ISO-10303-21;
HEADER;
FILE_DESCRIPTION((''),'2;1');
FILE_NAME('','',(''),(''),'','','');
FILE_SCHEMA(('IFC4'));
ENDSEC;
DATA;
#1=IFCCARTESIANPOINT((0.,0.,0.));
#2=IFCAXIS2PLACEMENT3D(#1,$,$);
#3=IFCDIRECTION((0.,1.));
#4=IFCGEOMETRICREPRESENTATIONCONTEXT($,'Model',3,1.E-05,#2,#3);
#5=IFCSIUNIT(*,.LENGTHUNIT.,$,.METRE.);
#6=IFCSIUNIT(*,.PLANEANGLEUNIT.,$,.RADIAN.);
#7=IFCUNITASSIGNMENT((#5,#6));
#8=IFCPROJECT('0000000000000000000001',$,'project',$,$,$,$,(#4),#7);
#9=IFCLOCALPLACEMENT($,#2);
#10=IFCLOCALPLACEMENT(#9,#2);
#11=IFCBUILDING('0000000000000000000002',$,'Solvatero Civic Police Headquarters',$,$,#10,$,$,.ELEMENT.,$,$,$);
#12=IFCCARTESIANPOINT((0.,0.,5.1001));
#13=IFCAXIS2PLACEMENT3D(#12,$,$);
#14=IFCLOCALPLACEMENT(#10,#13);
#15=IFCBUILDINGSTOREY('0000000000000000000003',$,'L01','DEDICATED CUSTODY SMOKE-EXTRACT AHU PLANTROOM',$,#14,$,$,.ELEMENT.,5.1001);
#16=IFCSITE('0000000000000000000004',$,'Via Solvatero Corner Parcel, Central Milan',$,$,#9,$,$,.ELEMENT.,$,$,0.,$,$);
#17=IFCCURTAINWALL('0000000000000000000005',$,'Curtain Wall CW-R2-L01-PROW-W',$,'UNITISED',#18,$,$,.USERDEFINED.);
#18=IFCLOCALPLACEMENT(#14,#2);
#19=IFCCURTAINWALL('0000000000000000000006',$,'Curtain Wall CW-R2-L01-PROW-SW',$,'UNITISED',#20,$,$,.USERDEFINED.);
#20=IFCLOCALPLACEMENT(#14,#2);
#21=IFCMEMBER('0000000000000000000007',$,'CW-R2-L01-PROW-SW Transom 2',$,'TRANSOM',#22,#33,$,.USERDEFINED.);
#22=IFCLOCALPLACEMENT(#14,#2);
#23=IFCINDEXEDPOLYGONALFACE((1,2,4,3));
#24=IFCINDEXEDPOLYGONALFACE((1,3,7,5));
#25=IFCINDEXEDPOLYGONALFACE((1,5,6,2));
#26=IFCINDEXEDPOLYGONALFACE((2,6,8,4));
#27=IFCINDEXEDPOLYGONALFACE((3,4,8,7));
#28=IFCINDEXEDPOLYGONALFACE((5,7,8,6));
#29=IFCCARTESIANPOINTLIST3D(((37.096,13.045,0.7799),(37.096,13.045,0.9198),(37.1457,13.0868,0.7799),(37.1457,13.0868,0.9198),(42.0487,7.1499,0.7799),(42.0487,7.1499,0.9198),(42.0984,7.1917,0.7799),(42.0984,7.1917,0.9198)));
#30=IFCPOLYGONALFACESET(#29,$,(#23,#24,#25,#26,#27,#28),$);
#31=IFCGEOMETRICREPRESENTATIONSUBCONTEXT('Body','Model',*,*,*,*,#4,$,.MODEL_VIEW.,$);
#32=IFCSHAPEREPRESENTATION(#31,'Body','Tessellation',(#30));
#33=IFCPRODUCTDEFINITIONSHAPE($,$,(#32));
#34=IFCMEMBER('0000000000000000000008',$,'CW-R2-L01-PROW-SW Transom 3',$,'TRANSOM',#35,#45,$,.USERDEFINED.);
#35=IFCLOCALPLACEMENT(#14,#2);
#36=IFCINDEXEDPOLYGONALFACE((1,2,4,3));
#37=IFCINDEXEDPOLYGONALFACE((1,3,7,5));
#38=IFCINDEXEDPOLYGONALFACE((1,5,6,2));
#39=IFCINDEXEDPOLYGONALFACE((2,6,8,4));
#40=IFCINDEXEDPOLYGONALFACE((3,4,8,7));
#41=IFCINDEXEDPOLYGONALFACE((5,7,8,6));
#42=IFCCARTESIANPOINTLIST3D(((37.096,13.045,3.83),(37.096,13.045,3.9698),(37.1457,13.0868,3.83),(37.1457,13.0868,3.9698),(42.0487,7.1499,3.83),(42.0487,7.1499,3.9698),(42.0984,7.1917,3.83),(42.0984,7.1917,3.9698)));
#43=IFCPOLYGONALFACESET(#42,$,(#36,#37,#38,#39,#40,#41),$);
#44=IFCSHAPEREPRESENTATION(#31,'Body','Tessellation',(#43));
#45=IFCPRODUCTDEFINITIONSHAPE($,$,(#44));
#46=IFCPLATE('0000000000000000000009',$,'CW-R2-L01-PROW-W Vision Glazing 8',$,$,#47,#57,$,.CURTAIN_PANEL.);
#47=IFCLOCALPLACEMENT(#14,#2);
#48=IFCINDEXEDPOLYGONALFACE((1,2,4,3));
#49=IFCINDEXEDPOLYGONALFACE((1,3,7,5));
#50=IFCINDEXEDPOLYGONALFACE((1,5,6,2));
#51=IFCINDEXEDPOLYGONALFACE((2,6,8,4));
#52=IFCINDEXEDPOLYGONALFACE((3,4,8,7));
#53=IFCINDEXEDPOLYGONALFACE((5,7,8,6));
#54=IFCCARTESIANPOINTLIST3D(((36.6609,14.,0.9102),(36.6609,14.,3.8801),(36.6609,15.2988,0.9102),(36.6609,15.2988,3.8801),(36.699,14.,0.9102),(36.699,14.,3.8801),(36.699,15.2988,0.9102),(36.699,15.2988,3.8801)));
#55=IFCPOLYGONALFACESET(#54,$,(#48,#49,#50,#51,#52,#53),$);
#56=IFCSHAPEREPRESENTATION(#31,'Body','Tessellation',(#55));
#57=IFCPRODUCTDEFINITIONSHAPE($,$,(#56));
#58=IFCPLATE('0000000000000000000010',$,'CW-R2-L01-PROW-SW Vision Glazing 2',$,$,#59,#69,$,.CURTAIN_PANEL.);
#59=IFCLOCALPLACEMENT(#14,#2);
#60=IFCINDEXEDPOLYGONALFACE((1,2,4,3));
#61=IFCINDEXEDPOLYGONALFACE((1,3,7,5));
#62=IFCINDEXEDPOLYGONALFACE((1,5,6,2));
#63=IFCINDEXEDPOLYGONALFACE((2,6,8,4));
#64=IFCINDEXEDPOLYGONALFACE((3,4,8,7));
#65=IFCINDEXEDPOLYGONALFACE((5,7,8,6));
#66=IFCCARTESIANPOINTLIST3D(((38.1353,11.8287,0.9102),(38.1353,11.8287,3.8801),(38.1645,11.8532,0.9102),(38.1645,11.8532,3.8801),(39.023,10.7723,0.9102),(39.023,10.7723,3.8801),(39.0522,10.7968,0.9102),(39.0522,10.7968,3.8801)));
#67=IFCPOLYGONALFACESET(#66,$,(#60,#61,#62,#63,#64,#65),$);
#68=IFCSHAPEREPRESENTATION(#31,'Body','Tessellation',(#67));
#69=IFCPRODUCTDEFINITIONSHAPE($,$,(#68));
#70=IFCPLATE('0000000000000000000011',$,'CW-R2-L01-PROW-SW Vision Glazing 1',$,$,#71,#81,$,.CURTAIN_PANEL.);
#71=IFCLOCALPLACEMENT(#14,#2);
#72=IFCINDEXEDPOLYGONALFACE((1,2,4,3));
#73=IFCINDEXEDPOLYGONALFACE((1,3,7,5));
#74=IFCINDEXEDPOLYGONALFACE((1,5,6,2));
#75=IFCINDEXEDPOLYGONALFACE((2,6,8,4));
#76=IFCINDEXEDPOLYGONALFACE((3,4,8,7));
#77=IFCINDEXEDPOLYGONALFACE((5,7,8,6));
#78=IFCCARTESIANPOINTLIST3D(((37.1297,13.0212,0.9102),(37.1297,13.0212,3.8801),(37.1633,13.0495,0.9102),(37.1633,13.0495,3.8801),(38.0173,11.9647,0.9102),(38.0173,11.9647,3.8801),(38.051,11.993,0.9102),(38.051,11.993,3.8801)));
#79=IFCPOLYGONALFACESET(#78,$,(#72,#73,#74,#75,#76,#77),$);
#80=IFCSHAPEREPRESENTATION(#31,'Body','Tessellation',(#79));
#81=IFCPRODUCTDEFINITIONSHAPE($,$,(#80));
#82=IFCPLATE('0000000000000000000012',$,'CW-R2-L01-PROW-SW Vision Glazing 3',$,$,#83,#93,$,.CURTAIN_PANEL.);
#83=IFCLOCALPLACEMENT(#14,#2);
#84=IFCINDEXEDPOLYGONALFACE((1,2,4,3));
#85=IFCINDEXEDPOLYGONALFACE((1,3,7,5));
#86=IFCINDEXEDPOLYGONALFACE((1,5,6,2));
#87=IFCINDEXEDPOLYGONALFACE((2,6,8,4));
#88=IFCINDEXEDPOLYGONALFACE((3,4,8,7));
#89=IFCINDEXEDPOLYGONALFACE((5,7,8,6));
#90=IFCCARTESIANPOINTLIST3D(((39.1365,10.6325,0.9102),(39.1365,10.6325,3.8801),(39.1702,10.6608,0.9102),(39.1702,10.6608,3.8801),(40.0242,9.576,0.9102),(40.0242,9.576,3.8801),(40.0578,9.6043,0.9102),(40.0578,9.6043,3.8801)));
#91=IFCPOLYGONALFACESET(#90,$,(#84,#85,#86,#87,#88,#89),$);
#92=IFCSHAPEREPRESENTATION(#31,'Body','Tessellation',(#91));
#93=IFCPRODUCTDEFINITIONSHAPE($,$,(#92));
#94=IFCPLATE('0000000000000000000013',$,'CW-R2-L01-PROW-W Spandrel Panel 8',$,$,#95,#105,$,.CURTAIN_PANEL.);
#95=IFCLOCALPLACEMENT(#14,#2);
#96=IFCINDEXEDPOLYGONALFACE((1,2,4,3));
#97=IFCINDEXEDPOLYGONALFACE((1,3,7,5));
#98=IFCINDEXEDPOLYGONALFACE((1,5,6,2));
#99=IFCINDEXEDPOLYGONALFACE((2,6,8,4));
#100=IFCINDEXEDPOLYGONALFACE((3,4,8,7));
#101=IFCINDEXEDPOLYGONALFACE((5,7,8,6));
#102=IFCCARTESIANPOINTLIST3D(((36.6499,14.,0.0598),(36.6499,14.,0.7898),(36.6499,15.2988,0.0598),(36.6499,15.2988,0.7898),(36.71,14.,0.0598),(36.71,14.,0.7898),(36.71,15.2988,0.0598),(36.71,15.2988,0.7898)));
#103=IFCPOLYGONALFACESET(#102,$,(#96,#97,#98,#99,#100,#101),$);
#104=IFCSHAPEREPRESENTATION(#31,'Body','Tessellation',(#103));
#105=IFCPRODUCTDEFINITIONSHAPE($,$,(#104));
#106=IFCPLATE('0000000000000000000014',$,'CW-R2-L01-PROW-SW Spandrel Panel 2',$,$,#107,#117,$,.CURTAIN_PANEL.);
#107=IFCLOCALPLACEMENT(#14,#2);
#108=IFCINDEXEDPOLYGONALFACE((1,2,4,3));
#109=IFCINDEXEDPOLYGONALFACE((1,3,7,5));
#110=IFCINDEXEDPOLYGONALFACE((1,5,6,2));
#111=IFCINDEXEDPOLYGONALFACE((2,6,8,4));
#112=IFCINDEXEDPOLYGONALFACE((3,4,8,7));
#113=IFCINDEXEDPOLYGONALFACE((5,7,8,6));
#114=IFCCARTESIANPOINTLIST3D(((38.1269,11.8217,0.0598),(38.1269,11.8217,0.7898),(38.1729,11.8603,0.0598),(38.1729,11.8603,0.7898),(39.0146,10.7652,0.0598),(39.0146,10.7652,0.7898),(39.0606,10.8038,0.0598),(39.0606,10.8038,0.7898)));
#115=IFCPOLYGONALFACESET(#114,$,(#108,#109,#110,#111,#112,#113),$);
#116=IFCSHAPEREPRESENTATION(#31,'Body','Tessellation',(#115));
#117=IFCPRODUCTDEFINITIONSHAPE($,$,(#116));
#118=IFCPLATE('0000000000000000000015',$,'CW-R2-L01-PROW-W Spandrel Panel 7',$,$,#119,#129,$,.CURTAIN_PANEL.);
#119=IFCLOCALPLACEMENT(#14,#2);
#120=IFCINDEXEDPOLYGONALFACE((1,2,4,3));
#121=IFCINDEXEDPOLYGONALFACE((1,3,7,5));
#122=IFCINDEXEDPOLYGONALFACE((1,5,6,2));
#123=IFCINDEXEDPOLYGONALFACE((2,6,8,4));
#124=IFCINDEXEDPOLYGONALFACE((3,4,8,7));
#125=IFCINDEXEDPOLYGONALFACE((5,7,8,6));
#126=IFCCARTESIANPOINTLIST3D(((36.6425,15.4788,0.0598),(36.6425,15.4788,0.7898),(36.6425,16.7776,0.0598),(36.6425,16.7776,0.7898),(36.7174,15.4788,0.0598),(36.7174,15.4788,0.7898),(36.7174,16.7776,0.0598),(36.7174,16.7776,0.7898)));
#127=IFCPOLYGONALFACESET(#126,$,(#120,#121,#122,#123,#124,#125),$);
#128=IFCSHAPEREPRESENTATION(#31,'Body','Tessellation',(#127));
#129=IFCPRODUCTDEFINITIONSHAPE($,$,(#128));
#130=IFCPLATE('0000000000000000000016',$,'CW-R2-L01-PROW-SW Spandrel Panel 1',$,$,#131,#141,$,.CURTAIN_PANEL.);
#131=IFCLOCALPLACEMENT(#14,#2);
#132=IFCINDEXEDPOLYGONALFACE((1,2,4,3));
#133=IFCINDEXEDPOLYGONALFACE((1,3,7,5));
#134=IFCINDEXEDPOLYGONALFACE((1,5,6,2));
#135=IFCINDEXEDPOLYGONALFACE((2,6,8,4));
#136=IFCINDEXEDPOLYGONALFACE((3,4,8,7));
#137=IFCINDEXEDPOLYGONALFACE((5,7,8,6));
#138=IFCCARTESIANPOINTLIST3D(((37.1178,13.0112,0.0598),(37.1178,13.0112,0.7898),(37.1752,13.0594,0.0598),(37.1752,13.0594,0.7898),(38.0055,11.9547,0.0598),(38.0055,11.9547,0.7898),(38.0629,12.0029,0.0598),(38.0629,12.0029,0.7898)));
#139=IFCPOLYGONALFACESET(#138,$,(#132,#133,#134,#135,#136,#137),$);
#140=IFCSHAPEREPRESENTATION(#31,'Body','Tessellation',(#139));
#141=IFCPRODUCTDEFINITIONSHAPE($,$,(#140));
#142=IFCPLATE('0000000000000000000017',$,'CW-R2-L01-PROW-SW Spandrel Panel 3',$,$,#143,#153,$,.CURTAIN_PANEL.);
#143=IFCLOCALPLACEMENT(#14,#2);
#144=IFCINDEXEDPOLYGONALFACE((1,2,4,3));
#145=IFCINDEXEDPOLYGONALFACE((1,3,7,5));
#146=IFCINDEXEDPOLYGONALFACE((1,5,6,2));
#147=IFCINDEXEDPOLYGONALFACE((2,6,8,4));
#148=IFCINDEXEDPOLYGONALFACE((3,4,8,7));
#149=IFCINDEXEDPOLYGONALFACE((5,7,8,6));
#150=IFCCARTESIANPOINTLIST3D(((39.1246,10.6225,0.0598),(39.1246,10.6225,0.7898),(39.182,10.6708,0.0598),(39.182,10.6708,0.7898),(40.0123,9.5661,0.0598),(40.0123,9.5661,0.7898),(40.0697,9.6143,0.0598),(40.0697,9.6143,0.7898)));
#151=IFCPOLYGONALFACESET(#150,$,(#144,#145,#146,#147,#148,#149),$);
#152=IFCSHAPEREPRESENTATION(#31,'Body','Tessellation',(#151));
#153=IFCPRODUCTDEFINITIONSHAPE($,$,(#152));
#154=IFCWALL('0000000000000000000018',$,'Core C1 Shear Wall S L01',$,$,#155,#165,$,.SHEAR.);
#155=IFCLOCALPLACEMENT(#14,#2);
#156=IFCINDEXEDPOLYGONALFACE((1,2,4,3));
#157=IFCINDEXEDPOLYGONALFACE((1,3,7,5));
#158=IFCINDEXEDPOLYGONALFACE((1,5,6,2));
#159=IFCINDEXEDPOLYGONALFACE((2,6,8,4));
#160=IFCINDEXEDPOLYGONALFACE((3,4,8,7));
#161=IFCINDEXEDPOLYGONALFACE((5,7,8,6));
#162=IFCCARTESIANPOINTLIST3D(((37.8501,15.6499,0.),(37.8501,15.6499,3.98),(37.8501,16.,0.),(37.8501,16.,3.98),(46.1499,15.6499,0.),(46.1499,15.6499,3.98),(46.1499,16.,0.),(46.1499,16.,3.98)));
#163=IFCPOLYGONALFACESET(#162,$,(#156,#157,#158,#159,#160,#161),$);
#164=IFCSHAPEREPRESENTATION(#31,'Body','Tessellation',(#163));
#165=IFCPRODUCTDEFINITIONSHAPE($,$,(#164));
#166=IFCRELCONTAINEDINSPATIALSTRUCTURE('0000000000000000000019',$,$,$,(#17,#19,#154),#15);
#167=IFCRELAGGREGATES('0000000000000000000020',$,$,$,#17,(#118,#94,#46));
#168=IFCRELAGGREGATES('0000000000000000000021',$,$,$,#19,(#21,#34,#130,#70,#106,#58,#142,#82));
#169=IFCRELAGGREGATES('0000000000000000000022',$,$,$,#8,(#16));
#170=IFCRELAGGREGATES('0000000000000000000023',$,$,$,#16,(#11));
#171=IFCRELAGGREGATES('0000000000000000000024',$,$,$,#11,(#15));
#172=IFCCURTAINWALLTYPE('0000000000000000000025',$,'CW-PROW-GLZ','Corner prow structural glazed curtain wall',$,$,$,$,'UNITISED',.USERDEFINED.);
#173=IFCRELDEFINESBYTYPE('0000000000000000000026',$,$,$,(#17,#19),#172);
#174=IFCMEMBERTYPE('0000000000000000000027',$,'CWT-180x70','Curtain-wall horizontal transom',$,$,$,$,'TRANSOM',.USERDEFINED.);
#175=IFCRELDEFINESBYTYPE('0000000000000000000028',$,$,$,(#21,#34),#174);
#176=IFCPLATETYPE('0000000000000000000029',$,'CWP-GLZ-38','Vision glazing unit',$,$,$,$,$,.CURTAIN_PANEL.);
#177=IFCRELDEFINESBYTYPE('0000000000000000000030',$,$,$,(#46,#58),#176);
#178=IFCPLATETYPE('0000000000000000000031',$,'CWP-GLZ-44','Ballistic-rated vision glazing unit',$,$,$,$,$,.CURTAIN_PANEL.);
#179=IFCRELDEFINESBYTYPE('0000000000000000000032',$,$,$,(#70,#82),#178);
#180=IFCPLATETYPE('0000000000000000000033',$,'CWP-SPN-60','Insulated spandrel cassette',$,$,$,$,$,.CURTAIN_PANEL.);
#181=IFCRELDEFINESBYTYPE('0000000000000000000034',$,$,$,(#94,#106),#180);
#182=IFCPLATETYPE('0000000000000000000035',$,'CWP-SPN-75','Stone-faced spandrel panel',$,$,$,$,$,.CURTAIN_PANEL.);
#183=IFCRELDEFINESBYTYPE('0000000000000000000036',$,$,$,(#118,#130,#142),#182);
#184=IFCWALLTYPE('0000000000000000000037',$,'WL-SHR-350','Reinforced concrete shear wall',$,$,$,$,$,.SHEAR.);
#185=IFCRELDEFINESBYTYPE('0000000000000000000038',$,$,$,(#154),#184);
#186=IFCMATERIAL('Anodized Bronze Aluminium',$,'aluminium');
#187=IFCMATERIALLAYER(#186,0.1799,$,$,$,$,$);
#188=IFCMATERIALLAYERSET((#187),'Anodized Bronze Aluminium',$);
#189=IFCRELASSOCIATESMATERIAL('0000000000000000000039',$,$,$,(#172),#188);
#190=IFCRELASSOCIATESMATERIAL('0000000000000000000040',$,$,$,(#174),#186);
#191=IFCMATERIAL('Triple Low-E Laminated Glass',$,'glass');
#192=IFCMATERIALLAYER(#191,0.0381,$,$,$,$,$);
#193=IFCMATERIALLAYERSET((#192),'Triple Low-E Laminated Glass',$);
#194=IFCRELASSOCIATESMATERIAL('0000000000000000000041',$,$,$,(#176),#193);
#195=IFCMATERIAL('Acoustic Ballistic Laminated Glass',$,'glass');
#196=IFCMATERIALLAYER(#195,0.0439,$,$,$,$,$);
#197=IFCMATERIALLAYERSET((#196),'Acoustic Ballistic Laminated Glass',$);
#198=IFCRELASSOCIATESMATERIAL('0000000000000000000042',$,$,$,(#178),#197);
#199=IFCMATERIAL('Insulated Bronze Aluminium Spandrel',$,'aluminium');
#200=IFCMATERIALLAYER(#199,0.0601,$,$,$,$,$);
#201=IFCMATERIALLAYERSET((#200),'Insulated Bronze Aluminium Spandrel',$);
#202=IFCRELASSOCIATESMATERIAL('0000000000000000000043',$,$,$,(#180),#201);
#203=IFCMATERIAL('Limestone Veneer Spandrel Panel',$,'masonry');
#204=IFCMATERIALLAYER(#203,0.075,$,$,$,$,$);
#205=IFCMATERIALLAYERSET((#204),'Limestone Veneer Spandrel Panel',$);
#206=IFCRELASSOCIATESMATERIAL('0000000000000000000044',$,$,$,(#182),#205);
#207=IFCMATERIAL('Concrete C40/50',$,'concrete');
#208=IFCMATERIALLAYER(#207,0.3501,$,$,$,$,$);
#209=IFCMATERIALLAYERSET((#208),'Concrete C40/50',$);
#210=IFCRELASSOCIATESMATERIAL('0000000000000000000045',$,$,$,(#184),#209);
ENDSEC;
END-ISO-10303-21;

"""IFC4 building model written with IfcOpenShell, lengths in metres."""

from ifc_helpers import new_model, si_unit, direction, frame, frame_2d, origin, origin_2d, place, context, subcontext, project, spatial, rectangle, extrude, material, layer, layer_set, material_profile, profile_set, type_object, element, aggregate, save


model = new_model("IFC4")

# Units and contexts
model_context = context("Model", 3, precision=1e-05, world=origin(), true_north=direction((0.0, 1.0)))
body_context = subcontext(model_context, "Body", "Model", "MODEL_VIEW")
ifc_project = project(units=[si_unit("LENGTHUNIT", "METRE"), si_unit("PLANEANGLEUNIT", "RADIAN")], contexts=[model_context])

# Site, building, storey
site_placement = place(None, origin())
site = spatial("IfcSite", under=ifc_project, at=site_placement, Name="Via Solvatero Corner Parcel, Central Milan", CompositionType="ELEMENT", RefElevation=0.0)
building_placement = place(site_placement, origin())
building = spatial("IfcBuilding", under=site, at=building_placement, Name="Solvatero Civic Police Headquarters", CompositionType="ELEMENT")
storey_placement = place(building_placement, frame((0.0, 0.0, 5.1001)))
storey = spatial("IfcBuildingStorey", under=building, at=storey_placement, Name="L01", Description="DEDICATED CUSTODY SMOKE-EXTRACT AHU PLANTROOM", CompositionType="ELEMENT", Elevation=5.1001)

# Curtain walls, members
ifc_material_1 = material(Name="Anodized Bronze Aluminium", Category="aluminium")
ifc_layer_1 = layer(ifc_material_1, 0.1799)
ifc_layer_set_1 = layer_set([ifc_layer_1], Name="Anodized Bronze Aluminium")
curtain_wall_type = type_object("IfcCurtainWallType", Name="CW-PROW-GLZ", Description="Corner prow structural glazed curtain wall", ElementType="UNITISED", PredefinedType="USERDEFINED", material=ifc_layer_set_1)
curtain_wall_1_placement = place(storey_placement, origin())
curtain_wall_1 = element("IfcCurtainWall", 1, at=curtain_wall_1_placement, inside=storey, type_object=curtain_wall_type, Name="Curtain Wall CW-R2-L01-PROW-W", ObjectType="UNITISED", PredefinedType="USERDEFINED")
curtain_wall_2_placement = place(storey_placement, origin())
curtain_wall_2 = element("IfcCurtainWall", 2, at=curtain_wall_2_placement, inside=storey, type_object=curtain_wall_type, Name="Curtain Wall CW-R2-L01-PROW-SW", ObjectType="UNITISED", PredefinedType="USERDEFINED")
ifc_material_profile_1 = material_profile(ifc_material_1, rectangle(XDim=0.0649, YDim=0.1399, at=origin_2d()), Name="ALU TRANSOM 65x140")
ifc_profile_set_1 = profile_set([ifc_material_profile_1], Name="Anodized Bronze Aluminium")
member_type_1 = type_object("IfcMemberType", Name="CWT-180x70", Description="Curtain-wall horizontal transom", ElementType="TRANSOM", PredefinedType="USERDEFINED", material=ifc_profile_set_1)
member_1_placement = place(storey_placement, frame((37.1208, 13.0659, 0.8499), z_axis=(0.643255, -0.765652, 0.0), x_axis=(0.765652, 0.643255, 0.0)))
member_1 = element("IfcMember", 3, at=member_1_placement, type_object=member_type_1, Name="CW-R2-L01-PROW-SW Transom 2", ObjectType="TRANSOM", PredefinedType="USERDEFINED", context=body_context, shape_type="SweptSolid", body=[
    extrude(rectangle(XDim=0.0649, YDim=0.1399, at=origin_2d()), origin(), (0.0, 0.0, 1.0), 7.6995),
])
member_2_placement = place(storey_placement, frame((37.1208, 13.0659, 3.8999), z_axis=(0.643255, -0.765652, 0.0), x_axis=(0.765652, 0.643255, 0.0)))
member_2 = element("IfcMember", 4, at=member_2_placement, type_object=member_type_1, Name="CW-R2-L01-PROW-SW Transom 3", ObjectType="TRANSOM", PredefinedType="USERDEFINED", context=body_context, shape_type="SweptSolid", body=[
    extrude(rectangle(XDim=0.0649, YDim=0.1399, at=origin_2d()), origin(), (0.0, 0.0, 1.0), 7.6995),
])

# Plates
ifc_material_2 = material(Name="Triple Low-E Laminated Glass", Category="glass")
ifc_layer_2 = layer(ifc_material_2, 0.0381)
ifc_layer_set_2 = layer_set([ifc_layer_2], Name="Triple Low-E Laminated Glass")
plate_type_1 = type_object("IfcPlateType", Name="CWP-GLZ-38", Description="Vision glazing unit", PredefinedType="CURTAIN_PANEL", material=ifc_layer_set_2)
plate_1_placement = place(storey_placement, frame((36.6799, 14.6494, 0.9102), z_axis=(0.0, 0.0, 1.0), x_axis=(0.0, -1.0, 0.0)))
plate_1 = element("IfcPlate", 5, at=plate_1_placement, type_object=plate_type_1, Name="CW-R2-L01-PROW-W Vision Glazing 8", PredefinedType="CURTAIN_PANEL", context=body_context, shape_type="SweptSolid", body=[
    extrude(rectangle(XDim=1.2988, YDim=0.0381, at=origin_2d()), origin(), (0.0, 0.0, 1.0), 2.97),
])
plate_2_placement = place(storey_placement, frame((38.5938, 11.3127, 0.9102), z_axis=(0.0, 0.0, 1.0), x_axis=(0.643282, -0.765629, 0.0)))
plate_2 = element("IfcPlate", 6, at=plate_2_placement, type_object=plate_type_1, Name="CW-R2-L01-PROW-SW Vision Glazing 2", PredefinedType="CURTAIN_PANEL", context=body_context, shape_type="SweptSolid", body=[
    extrude(rectangle(XDim=1.3799, YDim=0.0381, at=origin_2d()), origin(), (0.0, 0.0, 1.0), 2.97),
])
ifc_material_3 = material(Name="Acoustic Ballistic Laminated Glass", Category="glass")
ifc_layer_3 = layer(ifc_material_3, 0.0439)
ifc_layer_set_3 = layer_set([ifc_layer_3], Name="Acoustic Ballistic Laminated Glass")
plate_type_2 = type_object("IfcPlateType", Name="CWP-GLZ-44", Description="Ballistic-rated vision glazing unit", PredefinedType="CURTAIN_PANEL", material=ifc_layer_set_3)
plate_3_placement = place(storey_placement, frame((37.5903, 12.5071, 0.9102), z_axis=(0.0, 0.0, 1.0), x_axis=(0.643282, -0.765629, 0.0)))
plate_3 = element("IfcPlate", 7, at=plate_3_placement, type_object=plate_type_2, Name="CW-R2-L01-PROW-SW Vision Glazing 1", PredefinedType="CURTAIN_PANEL", context=body_context, shape_type="SweptSolid", body=[
    extrude(rectangle(XDim=1.3799, YDim=0.0439, at=origin_2d()), origin(), (0.0, 0.0, 1.0), 2.97),
])
plate_4_placement = place(storey_placement, frame((39.5972, 10.1184, 0.9102), z_axis=(0.0, 0.0, 1.0), x_axis=(0.643282, -0.765629, 0.0)))
plate_4 = element("IfcPlate", 8, at=plate_4_placement, type_object=plate_type_2, Name="CW-R2-L01-PROW-SW Vision Glazing 3", PredefinedType="CURTAIN_PANEL", context=body_context, shape_type="SweptSolid", body=[
    extrude(rectangle(XDim=1.3799, YDim=0.0439, at=origin_2d()), origin(), (0.0, 0.0, 1.0), 2.97),
])
ifc_material_4 = material(Name="Insulated Bronze Aluminium Spandrel", Category="aluminium")
ifc_layer_4 = layer(ifc_material_4, 0.0601)
ifc_layer_set_4 = layer_set([ifc_layer_4], Name="Insulated Bronze Aluminium Spandrel")
plate_type_3 = type_object("IfcPlateType", Name="CWP-SPN-60", Description="Insulated spandrel cassette", PredefinedType="CURTAIN_PANEL", material=ifc_layer_set_4)
plate_5_placement = place(storey_placement, frame((36.6799, 14.6494, 0.0598), z_axis=(0.0, 0.0, 1.0), x_axis=(0.0, -1.0, 0.0)))
plate_5 = element("IfcPlate", 9, at=plate_5_placement, type_object=plate_type_3, Name="CW-R2-L01-PROW-W Spandrel Panel 8", PredefinedType="CURTAIN_PANEL", context=body_context, shape_type="SweptSolid", body=[
    extrude(rectangle(XDim=1.2988, YDim=0.0601, at=origin_2d()), origin(), (0.0, 0.0, 1.0), 0.73),
])
plate_6_placement = place(storey_placement, frame((38.5938, 11.3127, 0.0598), z_axis=(0.0, 0.0, 1.0), x_axis=(0.643282, -0.765629, 0.0)))
plate_6 = element("IfcPlate", 10, at=plate_6_placement, type_object=plate_type_3, Name="CW-R2-L01-PROW-SW Spandrel Panel 2", PredefinedType="CURTAIN_PANEL", context=body_context, shape_type="SweptSolid", body=[
    extrude(rectangle(XDim=1.3799, YDim=0.0601, at=origin_2d()), origin(), (0.0, 0.0, 1.0), 0.73),
])
ifc_material_5 = material(Name="Limestone Veneer Spandrel Panel", Category="masonry")
ifc_layer_5 = layer(ifc_material_5, 0.075)
ifc_layer_set_5 = layer_set([ifc_layer_5], Name="Limestone Veneer Spandrel Panel")
plate_type_4 = type_object("IfcPlateType", Name="CWP-SPN-75", Description="Stone-faced spandrel panel", PredefinedType="CURTAIN_PANEL", material=ifc_layer_set_5)
plate_7_placement = place(storey_placement, frame((36.6799, 16.1282, 0.0598), z_axis=(0.0, 0.0, 1.0), x_axis=(0.0, -1.0, 0.0)))
plate_7 = element("IfcPlate", 11, at=plate_7_placement, type_object=plate_type_4, Name="CW-R2-L01-PROW-W Spandrel Panel 7", PredefinedType="CURTAIN_PANEL", context=body_context, shape_type="SweptSolid", body=[
    extrude(rectangle(XDim=1.2988, YDim=0.075, at=origin_2d()), origin(), (0.0, 0.0, 1.0), 0.73),
])
aggregate(curtain_wall_1, [plate_7, plate_5, plate_1])
plate_8_placement = place(storey_placement, frame((37.5903, 12.5071, 0.0598), z_axis=(0.0, 0.0, 1.0), x_axis=(0.643282, -0.765629, 0.0)))
plate_8 = element("IfcPlate", 12, at=plate_8_placement, type_object=plate_type_4, Name="CW-R2-L01-PROW-SW Spandrel Panel 1", PredefinedType="CURTAIN_PANEL", context=body_context, shape_type="SweptSolid", body=[
    extrude(rectangle(XDim=1.3799, YDim=0.075, at=origin_2d()), origin(), (0.0, 0.0, 1.0), 0.73),
])
plate_9_placement = place(storey_placement, frame((39.5972, 10.1184, 0.0598), z_axis=(0.0, 0.0, 1.0), x_axis=(0.643282, -0.765629, 0.0)))
plate_9 = element("IfcPlate", 13, at=plate_9_placement, type_object=plate_type_4, Name="CW-R2-L01-PROW-SW Spandrel Panel 3", PredefinedType="CURTAIN_PANEL", context=body_context, shape_type="SweptSolid", body=[
    extrude(rectangle(XDim=1.3799, YDim=0.075, at=origin_2d()), origin(), (0.0, 0.0, 1.0), 0.73),
])
aggregate(curtain_wall_2, [member_1, member_2, plate_8, plate_3, plate_6, plate_2, plate_9, plate_4])

# Wall
ifc_material_6 = material(Name="Concrete C40/50", Category="concrete")
ifc_layer_6 = layer(ifc_material_6, 0.3501)
ifc_layer_set_6 = layer_set([ifc_layer_6], Name="Concrete C40/50")
wall_type = type_object("IfcWallType", Name="WL-SHR-350", Description="Reinforced concrete shear wall", PredefinedType="SHEAR", material=ifc_layer_set_6)
wall_1_placement = place(storey_placement, frame((37.8501, 15.825, 0.0), z_axis=(0.0, 0.0, 1.0), x_axis=(1.0, 0.0, 0.0)))
element("IfcWall", 14, at=wall_1_placement, inside=storey, type_object=wall_type, Name="Core C1 Shear Wall S L01", PredefinedType="SHEAR", context=body_context, shape_type="SweptSolid", body=[
    extrude(rectangle(XDim=8.2998, YDim=0.3501, at=frame_2d((4.1499, 0.0))), origin(), (0.0, 0.0, 1.0), 3.98),
])

save(model, "model.ifc")
